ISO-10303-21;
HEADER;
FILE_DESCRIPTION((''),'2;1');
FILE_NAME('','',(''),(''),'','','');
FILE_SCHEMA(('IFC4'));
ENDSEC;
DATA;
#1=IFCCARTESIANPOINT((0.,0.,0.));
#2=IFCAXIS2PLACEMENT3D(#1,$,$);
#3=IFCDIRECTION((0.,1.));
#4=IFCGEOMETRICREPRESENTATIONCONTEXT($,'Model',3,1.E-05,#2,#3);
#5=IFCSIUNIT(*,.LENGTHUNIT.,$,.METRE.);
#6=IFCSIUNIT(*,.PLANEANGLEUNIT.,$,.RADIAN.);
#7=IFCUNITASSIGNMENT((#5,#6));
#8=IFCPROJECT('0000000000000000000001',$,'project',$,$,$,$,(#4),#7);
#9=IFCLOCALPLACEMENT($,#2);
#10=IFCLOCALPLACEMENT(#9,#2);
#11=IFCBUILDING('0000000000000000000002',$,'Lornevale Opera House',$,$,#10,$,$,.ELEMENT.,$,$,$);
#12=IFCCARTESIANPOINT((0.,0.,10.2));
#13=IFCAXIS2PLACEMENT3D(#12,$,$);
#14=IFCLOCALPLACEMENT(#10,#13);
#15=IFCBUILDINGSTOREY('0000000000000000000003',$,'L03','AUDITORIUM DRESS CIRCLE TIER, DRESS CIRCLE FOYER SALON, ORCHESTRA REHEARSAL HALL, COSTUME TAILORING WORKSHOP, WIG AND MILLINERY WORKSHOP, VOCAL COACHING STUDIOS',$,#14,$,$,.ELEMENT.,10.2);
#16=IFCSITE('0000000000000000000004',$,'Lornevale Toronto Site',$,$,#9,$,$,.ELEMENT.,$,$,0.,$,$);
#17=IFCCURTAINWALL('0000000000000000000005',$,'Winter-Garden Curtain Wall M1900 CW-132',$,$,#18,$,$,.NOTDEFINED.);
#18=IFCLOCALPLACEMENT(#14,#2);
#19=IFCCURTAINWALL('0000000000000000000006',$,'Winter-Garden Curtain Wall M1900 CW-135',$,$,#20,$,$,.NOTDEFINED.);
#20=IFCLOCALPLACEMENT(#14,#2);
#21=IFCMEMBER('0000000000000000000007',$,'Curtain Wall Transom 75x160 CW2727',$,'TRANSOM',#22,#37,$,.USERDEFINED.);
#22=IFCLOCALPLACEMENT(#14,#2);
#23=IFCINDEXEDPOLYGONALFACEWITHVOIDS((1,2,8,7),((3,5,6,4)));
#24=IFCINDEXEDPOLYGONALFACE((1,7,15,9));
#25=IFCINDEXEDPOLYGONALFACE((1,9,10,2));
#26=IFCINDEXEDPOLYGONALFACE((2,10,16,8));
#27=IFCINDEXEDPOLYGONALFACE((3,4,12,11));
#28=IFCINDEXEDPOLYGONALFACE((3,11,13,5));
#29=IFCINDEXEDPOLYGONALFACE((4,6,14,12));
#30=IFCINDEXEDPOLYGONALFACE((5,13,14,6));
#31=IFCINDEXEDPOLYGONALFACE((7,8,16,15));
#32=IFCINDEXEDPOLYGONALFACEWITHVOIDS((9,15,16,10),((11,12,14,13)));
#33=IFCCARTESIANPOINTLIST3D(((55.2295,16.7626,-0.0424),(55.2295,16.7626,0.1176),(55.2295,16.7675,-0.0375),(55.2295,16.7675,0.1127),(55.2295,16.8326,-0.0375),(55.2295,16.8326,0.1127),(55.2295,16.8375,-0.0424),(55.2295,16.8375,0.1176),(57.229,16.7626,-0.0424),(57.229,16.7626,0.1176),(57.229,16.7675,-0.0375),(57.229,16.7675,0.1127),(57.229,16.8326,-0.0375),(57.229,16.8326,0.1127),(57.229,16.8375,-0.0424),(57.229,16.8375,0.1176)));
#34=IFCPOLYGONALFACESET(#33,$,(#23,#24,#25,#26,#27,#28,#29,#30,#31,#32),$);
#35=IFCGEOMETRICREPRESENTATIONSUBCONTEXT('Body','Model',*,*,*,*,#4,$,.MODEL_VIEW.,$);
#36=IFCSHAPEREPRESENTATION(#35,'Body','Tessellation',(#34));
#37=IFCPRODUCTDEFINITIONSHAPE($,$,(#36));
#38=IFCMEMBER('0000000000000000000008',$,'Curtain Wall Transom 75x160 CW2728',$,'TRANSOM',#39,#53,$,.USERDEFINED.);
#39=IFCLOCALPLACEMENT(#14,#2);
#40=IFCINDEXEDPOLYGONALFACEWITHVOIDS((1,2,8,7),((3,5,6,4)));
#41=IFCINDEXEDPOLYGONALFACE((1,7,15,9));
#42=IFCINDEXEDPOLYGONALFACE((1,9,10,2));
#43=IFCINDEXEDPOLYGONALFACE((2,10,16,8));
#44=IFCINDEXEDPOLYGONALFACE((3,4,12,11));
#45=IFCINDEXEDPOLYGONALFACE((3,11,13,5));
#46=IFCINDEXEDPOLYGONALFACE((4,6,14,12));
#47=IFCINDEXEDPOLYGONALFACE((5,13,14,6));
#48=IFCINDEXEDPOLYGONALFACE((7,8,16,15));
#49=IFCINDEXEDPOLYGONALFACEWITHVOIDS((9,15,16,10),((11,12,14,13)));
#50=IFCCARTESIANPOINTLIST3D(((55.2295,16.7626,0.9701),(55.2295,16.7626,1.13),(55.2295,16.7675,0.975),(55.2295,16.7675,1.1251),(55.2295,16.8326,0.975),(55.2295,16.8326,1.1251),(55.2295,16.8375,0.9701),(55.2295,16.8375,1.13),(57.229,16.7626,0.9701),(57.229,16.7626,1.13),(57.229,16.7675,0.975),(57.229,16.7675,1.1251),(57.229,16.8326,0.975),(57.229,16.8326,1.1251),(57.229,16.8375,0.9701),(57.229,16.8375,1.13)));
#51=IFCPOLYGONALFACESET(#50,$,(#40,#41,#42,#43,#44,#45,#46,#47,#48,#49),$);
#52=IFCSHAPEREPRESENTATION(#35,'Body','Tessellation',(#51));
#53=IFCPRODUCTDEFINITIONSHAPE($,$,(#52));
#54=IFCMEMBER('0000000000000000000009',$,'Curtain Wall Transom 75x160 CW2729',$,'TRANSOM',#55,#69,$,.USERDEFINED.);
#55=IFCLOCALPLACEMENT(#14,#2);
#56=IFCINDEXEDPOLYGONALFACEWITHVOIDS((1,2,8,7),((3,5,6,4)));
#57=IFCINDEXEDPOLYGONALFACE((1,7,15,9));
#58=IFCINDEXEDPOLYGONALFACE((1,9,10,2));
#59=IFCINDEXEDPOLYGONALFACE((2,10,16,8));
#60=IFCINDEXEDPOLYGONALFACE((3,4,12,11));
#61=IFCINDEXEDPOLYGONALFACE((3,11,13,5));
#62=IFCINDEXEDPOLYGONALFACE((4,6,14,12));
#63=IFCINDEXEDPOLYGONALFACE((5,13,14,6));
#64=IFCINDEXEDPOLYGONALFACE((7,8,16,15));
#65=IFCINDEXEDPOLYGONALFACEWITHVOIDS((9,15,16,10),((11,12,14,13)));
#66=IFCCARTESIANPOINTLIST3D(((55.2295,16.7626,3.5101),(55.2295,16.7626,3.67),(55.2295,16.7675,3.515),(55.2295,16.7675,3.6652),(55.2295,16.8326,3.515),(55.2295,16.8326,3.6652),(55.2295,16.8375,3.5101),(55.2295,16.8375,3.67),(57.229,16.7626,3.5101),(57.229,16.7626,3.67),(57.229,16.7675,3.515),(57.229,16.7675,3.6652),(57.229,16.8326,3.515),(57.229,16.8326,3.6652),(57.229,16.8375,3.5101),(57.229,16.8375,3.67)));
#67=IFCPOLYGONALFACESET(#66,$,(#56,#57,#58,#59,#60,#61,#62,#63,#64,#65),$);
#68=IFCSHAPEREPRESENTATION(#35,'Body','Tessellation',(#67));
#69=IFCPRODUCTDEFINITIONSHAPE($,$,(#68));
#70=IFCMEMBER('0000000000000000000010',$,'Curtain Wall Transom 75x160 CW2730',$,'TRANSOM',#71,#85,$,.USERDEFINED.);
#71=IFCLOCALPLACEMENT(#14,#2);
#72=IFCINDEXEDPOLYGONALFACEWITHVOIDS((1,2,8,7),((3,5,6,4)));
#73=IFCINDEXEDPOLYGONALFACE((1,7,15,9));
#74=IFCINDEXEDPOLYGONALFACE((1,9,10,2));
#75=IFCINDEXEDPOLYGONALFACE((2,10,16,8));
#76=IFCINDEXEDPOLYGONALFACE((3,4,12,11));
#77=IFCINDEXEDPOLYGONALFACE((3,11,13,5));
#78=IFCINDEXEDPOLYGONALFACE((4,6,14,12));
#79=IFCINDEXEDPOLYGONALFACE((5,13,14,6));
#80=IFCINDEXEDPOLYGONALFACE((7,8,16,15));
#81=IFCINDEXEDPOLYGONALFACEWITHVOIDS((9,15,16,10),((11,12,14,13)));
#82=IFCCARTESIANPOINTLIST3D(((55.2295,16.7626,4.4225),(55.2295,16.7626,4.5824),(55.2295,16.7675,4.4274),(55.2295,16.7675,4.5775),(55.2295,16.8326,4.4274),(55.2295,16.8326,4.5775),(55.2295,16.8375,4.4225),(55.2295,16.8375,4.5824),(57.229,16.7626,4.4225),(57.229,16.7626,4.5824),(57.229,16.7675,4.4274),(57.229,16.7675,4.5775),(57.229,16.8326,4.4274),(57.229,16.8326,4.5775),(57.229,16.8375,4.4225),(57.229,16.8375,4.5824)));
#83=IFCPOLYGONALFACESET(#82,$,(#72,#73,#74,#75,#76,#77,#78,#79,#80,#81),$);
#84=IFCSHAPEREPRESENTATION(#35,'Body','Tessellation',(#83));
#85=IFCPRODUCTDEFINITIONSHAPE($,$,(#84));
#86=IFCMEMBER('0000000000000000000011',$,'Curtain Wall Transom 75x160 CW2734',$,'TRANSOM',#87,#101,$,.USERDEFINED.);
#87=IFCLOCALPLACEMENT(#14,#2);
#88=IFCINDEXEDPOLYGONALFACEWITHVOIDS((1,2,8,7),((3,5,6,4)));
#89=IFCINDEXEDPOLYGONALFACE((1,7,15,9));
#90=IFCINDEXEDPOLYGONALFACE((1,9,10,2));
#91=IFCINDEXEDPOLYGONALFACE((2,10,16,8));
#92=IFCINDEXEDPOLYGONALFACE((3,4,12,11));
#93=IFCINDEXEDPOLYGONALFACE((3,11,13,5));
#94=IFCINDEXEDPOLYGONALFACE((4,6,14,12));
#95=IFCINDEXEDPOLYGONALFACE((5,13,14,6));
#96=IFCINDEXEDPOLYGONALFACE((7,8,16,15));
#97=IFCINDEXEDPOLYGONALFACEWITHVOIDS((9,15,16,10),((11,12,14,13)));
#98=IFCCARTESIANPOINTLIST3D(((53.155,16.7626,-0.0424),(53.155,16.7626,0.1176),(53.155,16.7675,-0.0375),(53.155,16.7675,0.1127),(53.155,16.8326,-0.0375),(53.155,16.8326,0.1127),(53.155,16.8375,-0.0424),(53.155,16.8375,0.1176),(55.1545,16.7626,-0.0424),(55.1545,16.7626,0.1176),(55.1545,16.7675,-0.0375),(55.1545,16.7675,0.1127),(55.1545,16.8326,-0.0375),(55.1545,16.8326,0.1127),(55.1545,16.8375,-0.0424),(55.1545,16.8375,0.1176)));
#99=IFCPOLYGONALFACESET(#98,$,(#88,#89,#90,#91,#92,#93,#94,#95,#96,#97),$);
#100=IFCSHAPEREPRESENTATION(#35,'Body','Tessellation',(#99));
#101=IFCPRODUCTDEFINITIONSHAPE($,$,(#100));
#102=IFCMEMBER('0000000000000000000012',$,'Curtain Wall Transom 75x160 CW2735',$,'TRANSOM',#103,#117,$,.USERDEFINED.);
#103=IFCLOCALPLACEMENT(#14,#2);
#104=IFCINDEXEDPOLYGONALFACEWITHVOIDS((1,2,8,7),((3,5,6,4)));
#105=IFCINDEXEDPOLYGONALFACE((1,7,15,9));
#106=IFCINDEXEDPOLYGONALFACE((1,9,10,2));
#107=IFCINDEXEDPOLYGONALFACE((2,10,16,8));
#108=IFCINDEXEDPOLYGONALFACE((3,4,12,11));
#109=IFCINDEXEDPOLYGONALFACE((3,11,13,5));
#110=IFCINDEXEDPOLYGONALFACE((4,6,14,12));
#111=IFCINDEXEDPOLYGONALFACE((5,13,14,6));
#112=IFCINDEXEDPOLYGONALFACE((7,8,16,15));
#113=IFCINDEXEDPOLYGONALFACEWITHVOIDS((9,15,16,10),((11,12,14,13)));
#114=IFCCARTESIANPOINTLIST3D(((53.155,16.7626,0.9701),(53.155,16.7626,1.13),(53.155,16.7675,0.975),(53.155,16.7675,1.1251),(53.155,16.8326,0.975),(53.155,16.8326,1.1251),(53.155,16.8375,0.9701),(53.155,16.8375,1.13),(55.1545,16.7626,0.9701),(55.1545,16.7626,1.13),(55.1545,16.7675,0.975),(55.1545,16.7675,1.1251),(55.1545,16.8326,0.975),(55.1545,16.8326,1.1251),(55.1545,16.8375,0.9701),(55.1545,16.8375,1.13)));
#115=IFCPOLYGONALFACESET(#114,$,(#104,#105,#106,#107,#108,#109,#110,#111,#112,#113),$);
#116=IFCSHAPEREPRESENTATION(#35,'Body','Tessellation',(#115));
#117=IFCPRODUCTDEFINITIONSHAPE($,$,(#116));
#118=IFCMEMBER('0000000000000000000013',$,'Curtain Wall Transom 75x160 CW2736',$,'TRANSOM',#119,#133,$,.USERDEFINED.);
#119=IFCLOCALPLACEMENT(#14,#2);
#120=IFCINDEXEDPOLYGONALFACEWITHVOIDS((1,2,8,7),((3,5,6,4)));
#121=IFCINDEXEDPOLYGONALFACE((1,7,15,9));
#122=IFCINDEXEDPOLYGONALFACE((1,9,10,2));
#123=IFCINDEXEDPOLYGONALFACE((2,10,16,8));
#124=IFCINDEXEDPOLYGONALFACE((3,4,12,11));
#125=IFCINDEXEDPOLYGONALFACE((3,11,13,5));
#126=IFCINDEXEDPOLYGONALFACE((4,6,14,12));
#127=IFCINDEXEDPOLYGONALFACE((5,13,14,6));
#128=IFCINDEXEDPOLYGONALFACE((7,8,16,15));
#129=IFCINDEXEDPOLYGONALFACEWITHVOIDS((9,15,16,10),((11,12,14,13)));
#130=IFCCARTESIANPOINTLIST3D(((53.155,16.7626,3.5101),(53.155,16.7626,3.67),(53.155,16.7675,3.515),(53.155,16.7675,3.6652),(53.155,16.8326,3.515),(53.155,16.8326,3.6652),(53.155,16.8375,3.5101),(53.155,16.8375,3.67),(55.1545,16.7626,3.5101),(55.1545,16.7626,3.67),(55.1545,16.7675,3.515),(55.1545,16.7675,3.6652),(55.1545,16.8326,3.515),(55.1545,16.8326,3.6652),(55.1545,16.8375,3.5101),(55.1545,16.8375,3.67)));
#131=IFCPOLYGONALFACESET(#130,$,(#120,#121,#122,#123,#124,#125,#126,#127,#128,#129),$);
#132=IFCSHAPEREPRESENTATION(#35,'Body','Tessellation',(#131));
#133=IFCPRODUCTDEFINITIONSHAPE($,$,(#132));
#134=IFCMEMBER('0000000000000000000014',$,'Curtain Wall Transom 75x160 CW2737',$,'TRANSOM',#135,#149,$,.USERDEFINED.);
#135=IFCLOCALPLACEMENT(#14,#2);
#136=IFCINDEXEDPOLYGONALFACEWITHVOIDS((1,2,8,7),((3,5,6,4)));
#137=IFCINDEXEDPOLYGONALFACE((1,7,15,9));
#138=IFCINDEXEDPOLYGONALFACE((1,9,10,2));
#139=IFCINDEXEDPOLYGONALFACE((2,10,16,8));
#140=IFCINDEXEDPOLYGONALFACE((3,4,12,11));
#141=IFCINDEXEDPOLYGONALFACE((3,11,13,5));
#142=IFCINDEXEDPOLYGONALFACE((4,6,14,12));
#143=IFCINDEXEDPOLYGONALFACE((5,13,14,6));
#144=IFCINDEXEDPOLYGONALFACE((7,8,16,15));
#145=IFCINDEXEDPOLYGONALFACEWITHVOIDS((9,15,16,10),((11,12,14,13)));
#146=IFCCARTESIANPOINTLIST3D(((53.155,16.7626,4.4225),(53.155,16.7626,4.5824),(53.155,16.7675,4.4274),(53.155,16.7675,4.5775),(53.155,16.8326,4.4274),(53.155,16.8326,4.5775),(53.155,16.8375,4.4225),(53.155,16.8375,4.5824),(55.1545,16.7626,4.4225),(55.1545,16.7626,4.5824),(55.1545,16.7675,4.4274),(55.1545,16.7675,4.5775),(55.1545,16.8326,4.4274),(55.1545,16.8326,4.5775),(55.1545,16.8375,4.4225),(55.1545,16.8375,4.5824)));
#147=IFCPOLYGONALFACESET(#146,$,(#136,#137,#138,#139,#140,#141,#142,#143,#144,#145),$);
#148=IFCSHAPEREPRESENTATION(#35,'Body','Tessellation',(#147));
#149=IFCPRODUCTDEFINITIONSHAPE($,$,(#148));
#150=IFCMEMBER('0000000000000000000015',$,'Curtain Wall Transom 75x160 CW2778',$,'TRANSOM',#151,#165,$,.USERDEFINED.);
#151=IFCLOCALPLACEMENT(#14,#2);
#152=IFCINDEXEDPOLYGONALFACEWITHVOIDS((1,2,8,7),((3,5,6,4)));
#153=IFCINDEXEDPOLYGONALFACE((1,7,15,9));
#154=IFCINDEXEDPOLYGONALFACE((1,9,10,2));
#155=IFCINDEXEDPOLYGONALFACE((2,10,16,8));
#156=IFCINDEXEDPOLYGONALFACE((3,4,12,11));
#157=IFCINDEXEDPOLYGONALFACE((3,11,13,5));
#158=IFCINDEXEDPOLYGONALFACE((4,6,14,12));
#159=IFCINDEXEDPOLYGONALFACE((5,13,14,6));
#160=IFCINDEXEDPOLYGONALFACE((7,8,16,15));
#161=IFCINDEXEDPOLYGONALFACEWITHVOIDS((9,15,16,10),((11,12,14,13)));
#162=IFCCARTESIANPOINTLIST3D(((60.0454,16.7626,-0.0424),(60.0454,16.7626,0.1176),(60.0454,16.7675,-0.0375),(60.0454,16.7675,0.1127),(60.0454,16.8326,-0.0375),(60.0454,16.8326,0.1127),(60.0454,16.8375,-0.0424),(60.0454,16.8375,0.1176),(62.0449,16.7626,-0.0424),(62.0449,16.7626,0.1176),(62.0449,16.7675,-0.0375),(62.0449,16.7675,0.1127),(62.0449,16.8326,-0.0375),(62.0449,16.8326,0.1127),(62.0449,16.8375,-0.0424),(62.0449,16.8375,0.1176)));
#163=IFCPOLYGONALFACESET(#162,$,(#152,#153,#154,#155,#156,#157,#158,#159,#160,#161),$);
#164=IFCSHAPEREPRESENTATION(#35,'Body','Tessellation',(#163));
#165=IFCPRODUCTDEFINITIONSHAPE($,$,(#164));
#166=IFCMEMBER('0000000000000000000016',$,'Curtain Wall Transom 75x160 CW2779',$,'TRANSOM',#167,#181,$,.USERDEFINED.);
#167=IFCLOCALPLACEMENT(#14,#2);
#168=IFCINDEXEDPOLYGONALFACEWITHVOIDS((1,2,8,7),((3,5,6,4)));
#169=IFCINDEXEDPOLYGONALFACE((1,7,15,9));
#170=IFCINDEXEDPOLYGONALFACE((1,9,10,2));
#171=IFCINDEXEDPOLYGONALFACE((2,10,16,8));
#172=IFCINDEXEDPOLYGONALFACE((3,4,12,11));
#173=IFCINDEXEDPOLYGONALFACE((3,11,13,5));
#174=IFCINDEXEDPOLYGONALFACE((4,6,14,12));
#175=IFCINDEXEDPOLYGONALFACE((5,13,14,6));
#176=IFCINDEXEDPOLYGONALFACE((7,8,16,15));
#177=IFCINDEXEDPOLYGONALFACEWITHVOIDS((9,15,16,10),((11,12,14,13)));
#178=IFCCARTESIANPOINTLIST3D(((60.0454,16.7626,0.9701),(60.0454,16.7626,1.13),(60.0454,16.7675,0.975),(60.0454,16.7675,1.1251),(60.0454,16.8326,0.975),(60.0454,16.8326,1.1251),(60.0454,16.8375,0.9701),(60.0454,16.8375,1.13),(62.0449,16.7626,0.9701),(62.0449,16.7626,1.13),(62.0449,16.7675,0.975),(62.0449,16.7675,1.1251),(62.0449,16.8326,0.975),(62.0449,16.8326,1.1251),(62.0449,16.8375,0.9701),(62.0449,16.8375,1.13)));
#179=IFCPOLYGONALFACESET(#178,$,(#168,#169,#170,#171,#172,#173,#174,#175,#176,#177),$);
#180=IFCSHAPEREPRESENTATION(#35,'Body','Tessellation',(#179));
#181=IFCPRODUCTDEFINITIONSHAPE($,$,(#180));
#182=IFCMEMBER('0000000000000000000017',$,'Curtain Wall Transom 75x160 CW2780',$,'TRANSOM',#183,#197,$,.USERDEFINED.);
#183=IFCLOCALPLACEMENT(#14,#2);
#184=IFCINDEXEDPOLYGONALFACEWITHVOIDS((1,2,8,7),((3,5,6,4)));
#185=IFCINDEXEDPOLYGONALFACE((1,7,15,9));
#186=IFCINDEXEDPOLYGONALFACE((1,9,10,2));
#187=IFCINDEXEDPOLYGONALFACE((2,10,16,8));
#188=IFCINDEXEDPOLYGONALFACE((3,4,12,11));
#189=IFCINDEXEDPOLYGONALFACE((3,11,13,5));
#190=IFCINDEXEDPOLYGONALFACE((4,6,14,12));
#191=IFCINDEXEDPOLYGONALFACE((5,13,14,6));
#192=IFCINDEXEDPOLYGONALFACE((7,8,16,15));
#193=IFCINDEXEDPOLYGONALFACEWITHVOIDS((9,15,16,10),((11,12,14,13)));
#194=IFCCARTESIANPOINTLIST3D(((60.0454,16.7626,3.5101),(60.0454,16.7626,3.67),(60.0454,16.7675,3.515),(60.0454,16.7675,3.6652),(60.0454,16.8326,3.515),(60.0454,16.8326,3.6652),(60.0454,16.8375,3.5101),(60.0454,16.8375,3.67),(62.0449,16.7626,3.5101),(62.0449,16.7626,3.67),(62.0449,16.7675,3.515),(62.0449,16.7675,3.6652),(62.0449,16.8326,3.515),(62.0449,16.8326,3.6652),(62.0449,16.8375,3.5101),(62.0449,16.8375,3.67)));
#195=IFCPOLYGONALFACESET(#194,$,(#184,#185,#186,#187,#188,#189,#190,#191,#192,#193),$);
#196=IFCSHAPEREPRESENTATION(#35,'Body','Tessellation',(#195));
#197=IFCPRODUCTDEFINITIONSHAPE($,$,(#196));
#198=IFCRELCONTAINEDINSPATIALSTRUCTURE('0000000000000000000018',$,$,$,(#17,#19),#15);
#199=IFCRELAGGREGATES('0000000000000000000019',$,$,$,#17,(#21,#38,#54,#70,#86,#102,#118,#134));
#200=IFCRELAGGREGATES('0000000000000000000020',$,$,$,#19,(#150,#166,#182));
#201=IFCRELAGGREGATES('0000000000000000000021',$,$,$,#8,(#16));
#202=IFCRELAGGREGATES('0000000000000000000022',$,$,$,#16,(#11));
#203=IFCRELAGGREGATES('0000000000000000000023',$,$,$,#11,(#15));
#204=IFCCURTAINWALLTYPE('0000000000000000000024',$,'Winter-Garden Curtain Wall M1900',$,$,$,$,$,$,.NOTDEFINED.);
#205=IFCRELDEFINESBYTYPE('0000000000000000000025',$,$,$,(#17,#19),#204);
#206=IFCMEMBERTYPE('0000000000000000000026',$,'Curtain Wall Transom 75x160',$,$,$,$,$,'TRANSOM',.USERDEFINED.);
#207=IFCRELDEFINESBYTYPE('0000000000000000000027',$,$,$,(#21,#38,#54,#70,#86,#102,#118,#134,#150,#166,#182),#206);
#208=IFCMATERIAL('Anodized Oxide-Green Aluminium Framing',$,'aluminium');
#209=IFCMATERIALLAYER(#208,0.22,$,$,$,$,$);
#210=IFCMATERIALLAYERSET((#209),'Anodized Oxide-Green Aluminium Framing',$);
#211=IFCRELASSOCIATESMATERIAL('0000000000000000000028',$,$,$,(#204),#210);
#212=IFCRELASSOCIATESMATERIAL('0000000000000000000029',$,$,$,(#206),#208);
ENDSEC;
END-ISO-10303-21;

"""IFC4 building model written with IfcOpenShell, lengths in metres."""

from ifc_helpers import new_model, si_unit, direction, frame, origin, origin_2d, place, context, subcontext, project, spatial, hollow_rectangle, extrude, material, layer, layer_set, material_profile, profile_set, type_object, element, aggregate, save


model = new_model("IFC4")

# Units and contexts
model_context = context("Model", 3, precision=1e-05, world=origin(), true_north=direction((0.0, 1.0)))
body_context = subcontext(model_context, "Body", "Model", "MODEL_VIEW")
ifc_project = project(units=[si_unit("LENGTHUNIT", "METRE"), si_unit("PLANEANGLEUNIT", "RADIAN")], contexts=[model_context])

# Site, building, storey
site_placement = place(None, origin())
site = spatial("IfcSite", under=ifc_project, at=site_placement, Name="Lornevale Toronto Site", CompositionType="ELEMENT", RefElevation=0.0)
building_placement = place(site_placement, origin())
building = spatial("IfcBuilding", under=site, at=building_placement, Name="Lornevale Opera House", CompositionType="ELEMENT")
storey_placement = place(building_placement, frame((0.0, 0.0, 10.2)))
storey = spatial("IfcBuildingStorey", under=building, at=storey_placement, Name="L03", Description="AUDITORIUM DRESS CIRCLE TIER, DRESS CIRCLE FOYER SALON, ORCHESTRA REHEARSAL HALL, COSTUME TAILORING WORKSHOP, WIG AND MILLINERY WORKSHOP, VOCAL COACHING STUDIOS", CompositionType="ELEMENT", Elevation=10.2)

# Curtain wall
ifc_material_1 = material(Name="Anodized Oxide-Green Aluminium Framing", Category="aluminium")
ifc_layer_1 = layer(ifc_material_1, 0.22)
ifc_layer_set_1 = layer_set([ifc_layer_1], Name="Anodized Oxide-Green Aluminium Framing")
curtain_wall_type = type_object("IfcCurtainWallType", Name="Winter-Garden Curtain Wall M1900", PredefinedType="NOTDEFINED", material=ifc_layer_set_1)
curtain_wall_1_placement = place(storey_placement, origin())
curtain_wall_1 = element("IfcCurtainWall", 1, at=curtain_wall_1_placement, inside=storey, type_object=curtain_wall_type, Name="Winter-Garden Curtain Wall M1900 CW-132", PredefinedType="NOTDEFINED")

# Curtain wall
curtain_wall_2_placement = place(storey_placement, origin())
curtain_wall_2 = element("IfcCurtainWall", 2, at=curtain_wall_2_placement, inside=storey, type_object=curtain_wall_type, Name="Winter-Garden Curtain Wall M1900 CW-135", PredefinedType="NOTDEFINED")

# Members
ifc_material_profile_1 = material_profile(ifc_material_1, hollow_rectangle(XDim=0.075, YDim=0.1599, WallThickness=0.0049, at=origin_2d()), Name="ALU75x160x5")
ifc_profile_set_1 = profile_set([ifc_material_profile_1], Name="Anodized Oxide-Green Aluminium Framing")
member_type_1 = type_object("IfcMemberType", Name="Curtain Wall Transom 75x160", ElementType="TRANSOM", PredefinedType="USERDEFINED", material=ifc_profile_set_1)
member_1_placement = place(storey_placement, frame((57.229, 16.8, 0.0376), z_axis=(-1.0, 0.0, 0.0), x_axis=(0.0, -1.0, 0.0)))
member_1 = element("IfcMember", 3, at=member_1_placement, type_object=member_type_1, Name="Curtain Wall Transom 75x160 CW2727", ObjectType="TRANSOM", PredefinedType="USERDEFINED", context=body_context, shape_type="SweptSolid", body=[
    extrude(hollow_rectangle(XDim=0.075, YDim=0.1599, WallThickness=0.0049, at=origin_2d()), origin(), (0.0, 0.0, 1.0), 1.9995),
])
member_2_placement = place(storey_placement, frame((57.229, 16.8, 1.05), z_axis=(-1.0, 0.0, 0.0), x_axis=(0.0, -1.0, 0.0)))
member_2 = element("IfcMember", 4, at=member_2_placement, type_object=member_type_1, Name="Curtain Wall Transom 75x160 CW2728", ObjectType="TRANSOM", PredefinedType="USERDEFINED", context=body_context, shape_type="SweptSolid", body=[
    extrude(hollow_rectangle(XDim=0.075, YDim=0.1599, WallThickness=0.0049, at=origin_2d()), origin(), (0.0, 0.0, 1.0), 1.9995),
])
member_3_placement = place(storey_placement, frame((57.229, 16.8, 3.5901), z_axis=(-1.0, 0.0, 0.0), x_axis=(0.0, -1.0, 0.0)))
member_3 = element("IfcMember", 5, at=member_3_placement, type_object=member_type_1, Name="Curtain Wall Transom 75x160 CW2729", ObjectType="TRANSOM", PredefinedType="USERDEFINED", context=body_context, shape_type="SweptSolid", body=[
    extrude(hollow_rectangle(XDim=0.075, YDim=0.1599, WallThickness=0.0049, at=origin_2d()), origin(), (0.0, 0.0, 1.0), 1.9995),
])
member_4_placement = place(storey_placement, frame((57.229, 16.8, 4.5024), z_axis=(-1.0, 0.0, 0.0), x_axis=(0.0, -1.0, 0.0)))
member_4 = element("IfcMember", 6, at=member_4_placement, type_object=member_type_1, Name="Curtain Wall Transom 75x160 CW2730", ObjectType="TRANSOM", PredefinedType="USERDEFINED", context=body_context, shape_type="SweptSolid", body=[
    extrude(hollow_rectangle(XDim=0.075, YDim=0.1599, WallThickness=0.0049, at=origin_2d()), origin(), (0.0, 0.0, 1.0), 1.9995),
])
member_5_placement = place(storey_placement, frame((55.1545, 16.8, 0.0376), z_axis=(-1.0, 0.0, 0.0), x_axis=(0.0, -1.0, 0.0)))
member_5 = element("IfcMember", 7, at=member_5_placement, type_object=member_type_1, Name="Curtain Wall Transom 75x160 CW2734", ObjectType="TRANSOM", PredefinedType="USERDEFINED", context=body_context, shape_type="SweptSolid", body=[
    extrude(hollow_rectangle(XDim=0.075, YDim=0.1599, WallThickness=0.0049, at=origin_2d()), origin(), (0.0, 0.0, 1.0), 1.9995),
])
member_6_placement = place(storey_placement, frame((55.1545, 16.8, 1.05), z_axis=(-1.0, 0.0, 0.0), x_axis=(0.0, -1.0, 0.0)))
member_6 = element("IfcMember", 8, at=member_6_placement, type_object=member_type_1, Name="Curtain Wall Transom 75x160 CW2735", ObjectType="TRANSOM", PredefinedType="USERDEFINED", context=body_context, shape_type="SweptSolid", body=[
    extrude(hollow_rectangle(XDim=0.075, YDim=0.1599, WallThickness=0.0049, at=origin_2d()), origin(), (0.0, 0.0, 1.0), 1.9995),
])
member_7_placement = place(storey_placement, frame((55.1545, 16.8, 3.5901), z_axis=(-1.0, 0.0, 0.0), x_axis=(0.0, -1.0, 0.0)))
member_7 = element("IfcMember", 9, at=member_7_placement, type_object=member_type_1, Name="Curtain Wall Transom 75x160 CW2736", ObjectType="TRANSOM", PredefinedType="USERDEFINED", context=body_context, shape_type="SweptSolid", body=[
    extrude(hollow_rectangle(XDim=0.075, YDim=0.1599, WallThickness=0.0049, at=origin_2d()), origin(), (0.0, 0.0, 1.0), 1.9995),
])
member_8_placement = place(storey_placement, frame((55.1545, 16.8, 4.5024), z_axis=(-1.0, 0.0, 0.0), x_axis=(0.0, -1.0, 0.0)))
member_8 = element("IfcMember", 10, at=member_8_placement, type_object=member_type_1, Name="Curtain Wall Transom 75x160 CW2737", ObjectType="TRANSOM", PredefinedType="USERDEFINED", context=body_context, shape_type="SweptSolid", body=[
    extrude(hollow_rectangle(XDim=0.075, YDim=0.1599, WallThickness=0.0049, at=origin_2d()), origin(), (0.0, 0.0, 1.0), 1.9995),
])
member_9_placement = place(storey_placement, frame((62.0449, 16.8, 0.0376), z_axis=(-1.0, 0.0, 0.0), x_axis=(0.0, -1.0, 0.0)))
member_9 = element("IfcMember", 11, at=member_9_placement, type_object=member_type_1, Name="Curtain Wall Transom 75x160 CW2778", ObjectType="TRANSOM", PredefinedType="USERDEFINED", context=body_context, shape_type="SweptSolid", body=[
    extrude(hollow_rectangle(XDim=0.075, YDim=0.1599, WallThickness=0.0049, at=origin_2d()), origin(), (0.0, 0.0, 1.0), 1.9995),
])
member_10_placement = place(storey_placement, frame((62.0449, 16.8, 1.05), z_axis=(-1.0, 0.0, 0.0), x_axis=(0.0, -1.0, 0.0)))
member_10 = element("IfcMember", 12, at=member_10_placement, type_object=member_type_1, Name="Curtain Wall Transom 75x160 CW2779", ObjectType="TRANSOM", PredefinedType="USERDEFINED", context=body_context, shape_type="SweptSolid", body=[
    extrude(hollow_rectangle(XDim=0.075, YDim=0.1599, WallThickness=0.0049, at=origin_2d()), origin(), (0.0, 0.0, 1.0), 1.9995),
])
member_11_placement = place(storey_placement, frame((62.0449, 16.8, 3.5901), z_axis=(-1.0, 0.0, 0.0), x_axis=(0.0, -1.0, 0.0)))
member_11 = element("IfcMember", 13, at=member_11_placement, type_object=member_type_1, Name="Curtain Wall Transom 75x160 CW2780", ObjectType="TRANSOM", PredefinedType="USERDEFINED", context=body_context, shape_type="SweptSolid", body=[
    extrude(hollow_rectangle(XDim=0.075, YDim=0.1599, WallThickness=0.0049, at=origin_2d()), origin(), (0.0, 0.0, 1.0), 1.9995),
])

aggregate(curtain_wall_1, [member_1, member_2, member_3, member_4, member_5, member_6, member_7, member_8])
aggregate(curtain_wall_2, [member_9, member_10, member_11])

save(model, "model.ifc")
